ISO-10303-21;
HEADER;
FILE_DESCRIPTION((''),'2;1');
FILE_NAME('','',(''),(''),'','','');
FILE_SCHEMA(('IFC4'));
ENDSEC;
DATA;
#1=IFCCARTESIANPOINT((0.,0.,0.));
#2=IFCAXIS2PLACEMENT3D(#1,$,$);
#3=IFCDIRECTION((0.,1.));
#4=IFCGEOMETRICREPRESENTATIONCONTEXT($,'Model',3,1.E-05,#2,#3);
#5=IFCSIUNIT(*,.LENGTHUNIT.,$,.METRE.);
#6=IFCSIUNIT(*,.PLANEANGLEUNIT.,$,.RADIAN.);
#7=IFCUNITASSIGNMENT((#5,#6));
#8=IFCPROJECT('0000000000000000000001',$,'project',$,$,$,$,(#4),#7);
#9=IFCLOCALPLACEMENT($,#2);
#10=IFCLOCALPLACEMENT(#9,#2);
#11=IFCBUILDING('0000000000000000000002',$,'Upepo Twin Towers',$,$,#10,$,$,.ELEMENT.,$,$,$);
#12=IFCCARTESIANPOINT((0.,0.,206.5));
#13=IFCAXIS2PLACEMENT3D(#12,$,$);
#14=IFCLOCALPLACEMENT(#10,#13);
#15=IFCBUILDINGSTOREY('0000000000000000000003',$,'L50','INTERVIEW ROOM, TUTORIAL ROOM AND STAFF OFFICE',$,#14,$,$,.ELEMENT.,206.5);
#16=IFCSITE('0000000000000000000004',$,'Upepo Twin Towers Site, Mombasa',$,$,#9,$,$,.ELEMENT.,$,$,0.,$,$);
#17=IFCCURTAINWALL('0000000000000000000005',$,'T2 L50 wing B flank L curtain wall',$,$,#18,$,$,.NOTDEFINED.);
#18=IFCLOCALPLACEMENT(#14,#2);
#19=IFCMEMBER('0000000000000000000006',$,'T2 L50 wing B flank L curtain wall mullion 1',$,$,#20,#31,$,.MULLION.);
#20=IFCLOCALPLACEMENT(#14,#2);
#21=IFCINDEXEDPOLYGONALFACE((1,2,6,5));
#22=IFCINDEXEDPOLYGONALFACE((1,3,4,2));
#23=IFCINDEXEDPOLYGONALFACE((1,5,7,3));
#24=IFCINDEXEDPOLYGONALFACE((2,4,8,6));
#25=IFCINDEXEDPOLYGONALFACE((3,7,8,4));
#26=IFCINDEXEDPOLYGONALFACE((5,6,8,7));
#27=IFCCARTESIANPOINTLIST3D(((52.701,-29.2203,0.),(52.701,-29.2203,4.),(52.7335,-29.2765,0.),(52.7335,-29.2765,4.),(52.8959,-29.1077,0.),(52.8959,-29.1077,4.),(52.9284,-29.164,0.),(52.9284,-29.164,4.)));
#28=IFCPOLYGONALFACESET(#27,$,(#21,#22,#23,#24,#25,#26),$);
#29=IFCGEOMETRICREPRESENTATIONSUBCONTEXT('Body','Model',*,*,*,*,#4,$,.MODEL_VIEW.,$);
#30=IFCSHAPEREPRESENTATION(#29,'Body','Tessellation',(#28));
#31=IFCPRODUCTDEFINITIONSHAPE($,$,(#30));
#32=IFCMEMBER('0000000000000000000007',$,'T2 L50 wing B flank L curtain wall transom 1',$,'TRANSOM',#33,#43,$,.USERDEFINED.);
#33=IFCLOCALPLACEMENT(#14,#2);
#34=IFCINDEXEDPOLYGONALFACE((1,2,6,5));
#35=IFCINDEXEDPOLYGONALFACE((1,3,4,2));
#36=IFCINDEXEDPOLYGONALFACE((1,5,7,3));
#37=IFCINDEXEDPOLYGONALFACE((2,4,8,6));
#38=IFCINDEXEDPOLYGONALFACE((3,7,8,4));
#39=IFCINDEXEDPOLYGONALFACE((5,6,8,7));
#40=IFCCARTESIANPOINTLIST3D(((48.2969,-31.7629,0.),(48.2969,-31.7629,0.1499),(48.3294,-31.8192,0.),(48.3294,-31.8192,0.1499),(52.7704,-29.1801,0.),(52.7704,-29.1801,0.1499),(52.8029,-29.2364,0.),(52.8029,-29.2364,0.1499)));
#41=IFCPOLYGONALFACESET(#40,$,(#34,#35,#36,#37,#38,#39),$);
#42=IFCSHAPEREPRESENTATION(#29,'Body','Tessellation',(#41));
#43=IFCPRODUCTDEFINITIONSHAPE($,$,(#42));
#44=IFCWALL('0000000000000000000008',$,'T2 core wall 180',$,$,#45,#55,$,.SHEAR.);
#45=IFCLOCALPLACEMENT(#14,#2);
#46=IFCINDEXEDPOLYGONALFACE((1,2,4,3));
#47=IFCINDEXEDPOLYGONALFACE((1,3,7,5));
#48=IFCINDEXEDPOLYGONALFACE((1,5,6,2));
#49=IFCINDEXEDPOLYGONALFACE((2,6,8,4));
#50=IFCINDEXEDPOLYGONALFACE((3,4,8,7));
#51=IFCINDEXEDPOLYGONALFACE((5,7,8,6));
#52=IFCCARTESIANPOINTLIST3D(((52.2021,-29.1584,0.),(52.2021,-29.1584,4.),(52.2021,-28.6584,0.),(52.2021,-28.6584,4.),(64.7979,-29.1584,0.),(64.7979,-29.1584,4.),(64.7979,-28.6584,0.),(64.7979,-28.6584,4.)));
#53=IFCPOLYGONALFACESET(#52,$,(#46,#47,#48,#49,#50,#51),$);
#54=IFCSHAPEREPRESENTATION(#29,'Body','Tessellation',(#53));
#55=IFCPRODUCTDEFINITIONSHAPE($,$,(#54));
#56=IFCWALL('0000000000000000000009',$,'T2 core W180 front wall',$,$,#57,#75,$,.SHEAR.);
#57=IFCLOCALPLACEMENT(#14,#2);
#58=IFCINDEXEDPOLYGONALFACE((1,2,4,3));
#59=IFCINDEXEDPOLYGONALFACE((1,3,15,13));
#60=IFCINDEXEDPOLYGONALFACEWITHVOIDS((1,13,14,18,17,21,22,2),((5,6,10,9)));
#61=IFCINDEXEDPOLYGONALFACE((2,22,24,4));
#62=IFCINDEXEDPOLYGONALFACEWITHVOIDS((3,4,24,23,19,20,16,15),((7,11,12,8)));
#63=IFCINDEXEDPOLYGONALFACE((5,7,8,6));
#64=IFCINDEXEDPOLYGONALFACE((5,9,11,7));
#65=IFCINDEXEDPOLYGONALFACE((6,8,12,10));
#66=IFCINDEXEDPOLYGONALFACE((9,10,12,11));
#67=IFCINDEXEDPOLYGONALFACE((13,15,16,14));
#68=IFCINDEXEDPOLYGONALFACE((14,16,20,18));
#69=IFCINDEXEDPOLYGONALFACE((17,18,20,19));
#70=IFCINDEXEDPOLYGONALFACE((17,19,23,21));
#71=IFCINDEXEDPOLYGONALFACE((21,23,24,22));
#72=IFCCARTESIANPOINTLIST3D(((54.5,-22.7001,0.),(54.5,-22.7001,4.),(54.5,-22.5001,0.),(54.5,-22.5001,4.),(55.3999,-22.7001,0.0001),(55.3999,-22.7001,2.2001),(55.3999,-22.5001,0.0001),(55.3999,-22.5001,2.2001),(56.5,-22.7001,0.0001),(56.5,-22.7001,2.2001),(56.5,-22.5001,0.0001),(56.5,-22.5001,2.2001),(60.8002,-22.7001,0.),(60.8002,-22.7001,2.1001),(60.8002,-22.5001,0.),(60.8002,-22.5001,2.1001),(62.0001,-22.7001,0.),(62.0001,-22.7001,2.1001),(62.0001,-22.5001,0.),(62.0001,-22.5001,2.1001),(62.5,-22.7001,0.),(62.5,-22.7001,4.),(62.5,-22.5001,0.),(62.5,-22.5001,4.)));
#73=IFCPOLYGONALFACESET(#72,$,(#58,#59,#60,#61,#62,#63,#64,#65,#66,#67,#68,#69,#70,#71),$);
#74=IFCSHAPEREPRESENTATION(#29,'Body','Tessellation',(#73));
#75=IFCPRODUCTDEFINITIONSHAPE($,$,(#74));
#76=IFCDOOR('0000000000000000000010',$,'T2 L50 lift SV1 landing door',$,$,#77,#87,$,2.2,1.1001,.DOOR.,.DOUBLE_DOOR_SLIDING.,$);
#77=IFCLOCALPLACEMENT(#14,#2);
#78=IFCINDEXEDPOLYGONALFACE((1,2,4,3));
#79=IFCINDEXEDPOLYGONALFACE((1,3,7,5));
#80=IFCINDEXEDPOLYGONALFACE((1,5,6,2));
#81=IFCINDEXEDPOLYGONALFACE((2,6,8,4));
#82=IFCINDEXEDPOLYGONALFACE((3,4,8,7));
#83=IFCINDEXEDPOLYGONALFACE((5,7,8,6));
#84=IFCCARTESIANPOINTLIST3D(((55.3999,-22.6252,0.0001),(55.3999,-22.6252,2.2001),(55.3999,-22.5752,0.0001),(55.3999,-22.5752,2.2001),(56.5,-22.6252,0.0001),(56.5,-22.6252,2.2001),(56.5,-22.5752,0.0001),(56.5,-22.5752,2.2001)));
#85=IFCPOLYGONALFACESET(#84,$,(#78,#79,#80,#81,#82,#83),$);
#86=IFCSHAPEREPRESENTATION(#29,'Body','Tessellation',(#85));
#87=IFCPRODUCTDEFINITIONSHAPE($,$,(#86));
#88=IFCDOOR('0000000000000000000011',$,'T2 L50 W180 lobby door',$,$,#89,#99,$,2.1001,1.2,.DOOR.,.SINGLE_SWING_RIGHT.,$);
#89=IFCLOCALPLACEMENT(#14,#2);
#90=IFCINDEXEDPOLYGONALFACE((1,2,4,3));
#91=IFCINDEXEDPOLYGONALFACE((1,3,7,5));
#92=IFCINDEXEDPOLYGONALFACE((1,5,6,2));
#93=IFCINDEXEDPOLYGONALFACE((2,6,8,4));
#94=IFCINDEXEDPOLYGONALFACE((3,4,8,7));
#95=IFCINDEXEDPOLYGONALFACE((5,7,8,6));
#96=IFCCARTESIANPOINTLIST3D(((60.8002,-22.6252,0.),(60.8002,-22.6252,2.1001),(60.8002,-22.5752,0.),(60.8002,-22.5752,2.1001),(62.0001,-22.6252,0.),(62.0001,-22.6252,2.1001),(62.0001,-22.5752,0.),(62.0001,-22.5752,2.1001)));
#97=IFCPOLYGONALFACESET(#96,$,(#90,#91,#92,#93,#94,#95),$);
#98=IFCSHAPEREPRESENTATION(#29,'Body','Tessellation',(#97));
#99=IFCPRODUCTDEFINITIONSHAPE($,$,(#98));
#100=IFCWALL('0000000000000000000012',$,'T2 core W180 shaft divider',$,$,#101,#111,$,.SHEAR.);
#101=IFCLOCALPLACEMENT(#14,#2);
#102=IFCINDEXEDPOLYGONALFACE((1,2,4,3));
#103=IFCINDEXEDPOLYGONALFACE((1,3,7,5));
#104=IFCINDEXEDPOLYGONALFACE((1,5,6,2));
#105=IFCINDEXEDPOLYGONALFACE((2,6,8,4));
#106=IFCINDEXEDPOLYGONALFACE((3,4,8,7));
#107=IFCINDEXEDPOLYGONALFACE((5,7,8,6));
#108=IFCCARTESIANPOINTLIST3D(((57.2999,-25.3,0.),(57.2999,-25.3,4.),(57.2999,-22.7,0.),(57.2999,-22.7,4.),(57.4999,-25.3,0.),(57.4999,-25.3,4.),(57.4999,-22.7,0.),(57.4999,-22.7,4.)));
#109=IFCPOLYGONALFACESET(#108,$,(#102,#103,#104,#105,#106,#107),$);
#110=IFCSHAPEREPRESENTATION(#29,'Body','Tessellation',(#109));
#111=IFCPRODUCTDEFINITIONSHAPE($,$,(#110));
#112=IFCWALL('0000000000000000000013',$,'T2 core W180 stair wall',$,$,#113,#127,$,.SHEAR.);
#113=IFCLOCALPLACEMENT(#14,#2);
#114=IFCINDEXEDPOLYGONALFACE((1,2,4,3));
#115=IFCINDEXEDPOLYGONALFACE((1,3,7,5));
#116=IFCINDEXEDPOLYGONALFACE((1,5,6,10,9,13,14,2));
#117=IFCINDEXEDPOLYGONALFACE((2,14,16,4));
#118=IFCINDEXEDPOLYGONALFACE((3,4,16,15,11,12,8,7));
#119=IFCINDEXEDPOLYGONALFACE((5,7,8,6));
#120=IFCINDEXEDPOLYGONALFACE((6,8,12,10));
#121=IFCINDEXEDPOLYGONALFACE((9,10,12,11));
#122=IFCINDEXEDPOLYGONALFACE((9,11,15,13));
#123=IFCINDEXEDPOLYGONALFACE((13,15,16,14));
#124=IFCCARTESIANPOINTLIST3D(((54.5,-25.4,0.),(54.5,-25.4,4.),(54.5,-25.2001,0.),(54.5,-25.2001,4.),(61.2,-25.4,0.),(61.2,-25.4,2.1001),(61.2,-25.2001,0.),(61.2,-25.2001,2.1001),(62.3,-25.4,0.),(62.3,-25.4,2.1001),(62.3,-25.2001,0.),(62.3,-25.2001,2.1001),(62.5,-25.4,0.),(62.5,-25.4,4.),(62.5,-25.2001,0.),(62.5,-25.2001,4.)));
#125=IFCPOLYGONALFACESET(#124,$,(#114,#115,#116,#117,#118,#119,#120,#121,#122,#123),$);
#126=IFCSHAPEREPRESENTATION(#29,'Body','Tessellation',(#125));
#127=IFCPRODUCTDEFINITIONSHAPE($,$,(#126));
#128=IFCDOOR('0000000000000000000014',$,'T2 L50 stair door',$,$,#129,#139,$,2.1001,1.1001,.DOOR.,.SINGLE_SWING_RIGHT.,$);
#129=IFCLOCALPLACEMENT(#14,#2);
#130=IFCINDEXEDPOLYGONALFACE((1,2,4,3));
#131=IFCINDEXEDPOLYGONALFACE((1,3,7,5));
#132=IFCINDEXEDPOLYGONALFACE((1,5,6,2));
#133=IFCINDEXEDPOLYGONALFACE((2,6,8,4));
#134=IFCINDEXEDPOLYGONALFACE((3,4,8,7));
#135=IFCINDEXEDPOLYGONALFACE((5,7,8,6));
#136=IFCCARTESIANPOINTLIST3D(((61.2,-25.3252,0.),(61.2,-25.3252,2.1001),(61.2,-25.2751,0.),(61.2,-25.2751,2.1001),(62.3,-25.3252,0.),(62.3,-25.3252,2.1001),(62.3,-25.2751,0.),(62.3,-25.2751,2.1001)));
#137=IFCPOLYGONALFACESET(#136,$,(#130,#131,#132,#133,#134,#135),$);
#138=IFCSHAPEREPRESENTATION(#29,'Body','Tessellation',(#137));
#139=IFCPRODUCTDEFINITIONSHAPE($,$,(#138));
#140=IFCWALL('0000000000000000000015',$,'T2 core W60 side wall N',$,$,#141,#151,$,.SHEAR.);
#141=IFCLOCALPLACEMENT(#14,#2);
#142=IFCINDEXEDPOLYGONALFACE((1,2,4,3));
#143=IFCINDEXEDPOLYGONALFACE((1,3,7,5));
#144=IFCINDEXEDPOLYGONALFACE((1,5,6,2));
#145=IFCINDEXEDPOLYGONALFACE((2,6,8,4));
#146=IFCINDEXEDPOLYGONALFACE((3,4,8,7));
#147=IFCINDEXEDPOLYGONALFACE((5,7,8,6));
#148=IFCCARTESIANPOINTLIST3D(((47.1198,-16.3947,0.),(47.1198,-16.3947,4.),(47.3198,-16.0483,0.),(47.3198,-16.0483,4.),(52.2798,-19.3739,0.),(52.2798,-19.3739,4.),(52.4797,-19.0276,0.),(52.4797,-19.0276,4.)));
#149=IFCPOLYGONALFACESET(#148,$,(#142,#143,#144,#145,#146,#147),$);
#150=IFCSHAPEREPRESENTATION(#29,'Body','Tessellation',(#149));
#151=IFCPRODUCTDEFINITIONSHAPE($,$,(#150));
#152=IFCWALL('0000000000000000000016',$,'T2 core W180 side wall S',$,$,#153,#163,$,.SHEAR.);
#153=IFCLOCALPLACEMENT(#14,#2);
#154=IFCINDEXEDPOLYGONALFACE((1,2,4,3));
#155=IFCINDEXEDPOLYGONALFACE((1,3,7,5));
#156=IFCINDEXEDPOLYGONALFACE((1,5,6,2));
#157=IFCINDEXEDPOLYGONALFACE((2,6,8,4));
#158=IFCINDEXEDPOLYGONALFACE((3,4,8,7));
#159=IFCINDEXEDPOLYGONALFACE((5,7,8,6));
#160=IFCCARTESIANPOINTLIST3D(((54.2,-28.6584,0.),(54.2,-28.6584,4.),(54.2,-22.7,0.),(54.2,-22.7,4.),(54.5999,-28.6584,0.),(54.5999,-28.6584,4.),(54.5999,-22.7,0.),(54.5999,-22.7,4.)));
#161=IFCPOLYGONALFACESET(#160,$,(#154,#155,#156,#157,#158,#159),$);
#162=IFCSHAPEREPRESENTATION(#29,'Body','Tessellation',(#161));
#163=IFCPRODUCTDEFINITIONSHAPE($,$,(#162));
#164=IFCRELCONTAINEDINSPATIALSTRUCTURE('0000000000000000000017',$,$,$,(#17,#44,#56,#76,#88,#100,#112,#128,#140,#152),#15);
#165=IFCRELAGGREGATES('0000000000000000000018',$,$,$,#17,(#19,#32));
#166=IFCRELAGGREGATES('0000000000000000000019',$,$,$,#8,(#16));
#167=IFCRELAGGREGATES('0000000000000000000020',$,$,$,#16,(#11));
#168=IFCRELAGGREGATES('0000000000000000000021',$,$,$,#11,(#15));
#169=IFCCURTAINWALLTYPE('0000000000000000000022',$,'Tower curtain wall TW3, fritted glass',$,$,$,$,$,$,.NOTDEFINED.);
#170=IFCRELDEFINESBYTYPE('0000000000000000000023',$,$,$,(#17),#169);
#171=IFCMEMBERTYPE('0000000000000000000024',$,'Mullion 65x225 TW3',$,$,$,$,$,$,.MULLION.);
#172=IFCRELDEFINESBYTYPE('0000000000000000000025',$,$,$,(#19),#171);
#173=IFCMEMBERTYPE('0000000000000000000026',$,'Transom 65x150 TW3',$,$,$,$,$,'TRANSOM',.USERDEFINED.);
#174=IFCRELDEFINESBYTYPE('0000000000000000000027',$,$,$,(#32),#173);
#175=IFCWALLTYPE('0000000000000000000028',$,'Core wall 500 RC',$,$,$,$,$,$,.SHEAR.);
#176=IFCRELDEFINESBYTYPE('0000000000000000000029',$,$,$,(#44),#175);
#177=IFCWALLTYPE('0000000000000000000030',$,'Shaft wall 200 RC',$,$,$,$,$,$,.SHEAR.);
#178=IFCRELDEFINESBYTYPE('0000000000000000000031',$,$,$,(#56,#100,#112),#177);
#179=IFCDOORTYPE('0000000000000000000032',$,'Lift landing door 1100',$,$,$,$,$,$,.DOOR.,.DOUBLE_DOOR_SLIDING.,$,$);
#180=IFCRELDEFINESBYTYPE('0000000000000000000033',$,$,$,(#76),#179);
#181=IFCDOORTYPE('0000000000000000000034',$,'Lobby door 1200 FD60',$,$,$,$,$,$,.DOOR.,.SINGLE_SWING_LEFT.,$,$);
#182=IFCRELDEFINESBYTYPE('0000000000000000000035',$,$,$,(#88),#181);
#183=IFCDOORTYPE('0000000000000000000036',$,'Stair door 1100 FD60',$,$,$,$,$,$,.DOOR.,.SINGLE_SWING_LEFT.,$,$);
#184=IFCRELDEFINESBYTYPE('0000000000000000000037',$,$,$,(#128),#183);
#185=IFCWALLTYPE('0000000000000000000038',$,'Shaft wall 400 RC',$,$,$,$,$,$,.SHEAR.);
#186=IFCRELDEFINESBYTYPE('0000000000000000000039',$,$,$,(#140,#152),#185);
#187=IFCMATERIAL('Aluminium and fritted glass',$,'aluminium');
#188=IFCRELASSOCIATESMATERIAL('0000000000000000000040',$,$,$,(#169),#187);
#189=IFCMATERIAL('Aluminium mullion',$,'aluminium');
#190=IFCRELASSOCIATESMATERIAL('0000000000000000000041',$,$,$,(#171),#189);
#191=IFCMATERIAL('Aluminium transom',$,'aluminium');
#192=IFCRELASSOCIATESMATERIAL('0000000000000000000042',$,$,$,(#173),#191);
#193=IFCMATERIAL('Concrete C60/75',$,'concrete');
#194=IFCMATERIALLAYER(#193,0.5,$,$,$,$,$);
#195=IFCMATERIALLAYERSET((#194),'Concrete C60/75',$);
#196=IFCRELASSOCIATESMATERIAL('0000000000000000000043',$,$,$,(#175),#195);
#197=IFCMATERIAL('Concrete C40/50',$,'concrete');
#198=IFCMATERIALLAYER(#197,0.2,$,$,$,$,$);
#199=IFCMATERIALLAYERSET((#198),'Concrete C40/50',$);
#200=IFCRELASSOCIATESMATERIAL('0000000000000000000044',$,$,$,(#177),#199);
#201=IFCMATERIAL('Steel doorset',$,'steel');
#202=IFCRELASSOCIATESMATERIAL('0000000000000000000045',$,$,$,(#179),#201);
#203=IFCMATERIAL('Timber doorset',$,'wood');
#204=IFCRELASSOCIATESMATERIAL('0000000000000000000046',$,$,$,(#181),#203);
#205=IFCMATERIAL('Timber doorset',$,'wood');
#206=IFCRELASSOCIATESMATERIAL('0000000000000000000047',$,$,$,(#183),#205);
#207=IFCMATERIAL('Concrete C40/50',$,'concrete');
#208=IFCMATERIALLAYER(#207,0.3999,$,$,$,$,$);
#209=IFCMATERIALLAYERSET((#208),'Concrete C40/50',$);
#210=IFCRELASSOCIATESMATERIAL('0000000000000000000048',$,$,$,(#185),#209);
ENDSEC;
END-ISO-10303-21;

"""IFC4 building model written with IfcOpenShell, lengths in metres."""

from ifc_helpers import new_model, si_unit, direction, frame, frame_2d, origin, origin_2d, place, context, subcontext, project, spatial, rectangle, extrude, material, layer, layer_set, material_profile, profile_set, type_object, element, fill, aggregate, save


model = new_model("IFC4")

# Units and contexts
model_context = context("Model", 3, precision=1e-05, world=origin(), true_north=direction((0.0, 1.0)))
body_context = subcontext(model_context, "Body", "Model", "MODEL_VIEW")
ifc_project = project(units=[si_unit("LENGTHUNIT", "METRE"), si_unit("PLANEANGLEUNIT", "RADIAN")], contexts=[model_context])

# Site, building, storey
site_placement = place(None, origin())
site = spatial("IfcSite", under=ifc_project, at=site_placement, Name="Upepo Twin Towers Site, Mombasa", CompositionType="ELEMENT", RefElevation=0.0)
building_placement = place(site_placement, origin())
building = spatial("IfcBuilding", under=site, at=building_placement, Name="Upepo Twin Towers", CompositionType="ELEMENT")
storey_placement = place(building_placement, frame((0.0, 0.0, 206.5)))
storey = spatial("IfcBuildingStorey", under=building, at=storey_placement, Name="L50", Description="INTERVIEW ROOM, TUTORIAL ROOM AND STAFF OFFICE", CompositionType="ELEMENT", Elevation=206.5)

# Curtain wall, members
ifc_material_1 = material(Name="Aluminium and fritted glass", Category="aluminium")
curtain_wall_type = type_object("IfcCurtainWallType", Name="Tower curtain wall TW3, fritted glass", PredefinedType="NOTDEFINED", material=ifc_material_1)
curtain_wall_placement = place(storey_placement, origin())
curtain_wall = element("IfcCurtainWall", 1, at=curtain_wall_placement, inside=storey, type_object=curtain_wall_type, Name="T2 L50 wing B flank L curtain wall", PredefinedType="NOTDEFINED")
ifc_material_2 = material(Name="Aluminium mullion", Category="aluminium")
ifc_material_profile_1 = material_profile(ifc_material_2, rectangle(XDim=0.0649, YDim=0.2251, at=origin_2d()), Name="MULLION 65x225")
ifc_profile_set_1 = profile_set([ifc_material_profile_1], Name="Aluminium mullion")
member_type_1 = type_object("IfcMemberType", Name="Mullion 65x225 TW3", PredefinedType="MULLION", material=ifc_profile_set_1)
member_1_placement = place(storey_placement, frame((52.8147, -29.1921, 0.0), z_axis=(0.0, 0.0, 1.0), x_axis=(0.5, -0.866025, 0.0)))
member_1 = element("IfcMember", 2, at=member_1_placement, type_object=member_type_1, Name="T2 L50 wing B flank L curtain wall mullion 1", PredefinedType="MULLION", context=body_context, shape_type="SweptSolid", body=[
    extrude(rectangle(XDim=0.0649, YDim=0.2251, at=origin_2d()), origin(), (0.0, 0.0, 1.0), 4.0),
])
ifc_material_3 = material(Name="Aluminium transom", Category="aluminium")
ifc_material_profile_2 = material_profile(ifc_material_3, rectangle(XDim=0.0649, YDim=0.1499, at=origin_2d()), Name="TRANSOM 65x150")
ifc_profile_set_2 = profile_set([ifc_material_profile_2], Name="Aluminium transom")
member_type_2 = type_object("IfcMemberType", Name="Transom 65x150 TW3", ElementType="TRANSOM", PredefinedType="USERDEFINED", material=ifc_profile_set_2)
member_2_placement = place(storey_placement, frame((52.7866, -29.2083, 0.075), z_axis=(-0.866021, -0.500007, 0.0), x_axis=(0.500007, -0.866021, 0.0)))
member_2 = element("IfcMember", 3, at=member_2_placement, type_object=member_type_2, Name="T2 L50 wing B flank L curtain wall transom 1", ObjectType="TRANSOM", PredefinedType="USERDEFINED", context=body_context, shape_type="SweptSolid", body=[
    extrude(rectangle(XDim=0.0649, YDim=0.1499, at=origin_2d()), origin(), (0.0, 0.0, 1.0), 5.1655),
])
aggregate(curtain_wall, [member_1, member_2])

# Wall
ifc_material_4 = material(Name="Concrete C60/75", Category="concrete")
ifc_layer_1 = layer(ifc_material_4, 0.5)
ifc_layer_set_1 = layer_set([ifc_layer_1], Name="Concrete C60/75")
wall_type_1 = type_object("IfcWallType", Name="Core wall 500 RC", PredefinedType="SHEAR", material=ifc_layer_set_1)
wall_1_placement = place(storey_placement, frame((52.2021, -28.9084, 0.0), z_axis=(0.0, 0.0, 1.0), x_axis=(1.0, 0.0, 0.0)))
element("IfcWall", 4, at=wall_1_placement, inside=storey, type_object=wall_type_1, Name="T2 core wall 180", PredefinedType="SHEAR", context=body_context, shape_type="SweptSolid", body=[
    extrude(rectangle(XDim=12.5957, YDim=0.5, at=frame_2d((6.2979, 0.0))), origin(), (0.0, 0.0, 1.0), 4.0),
])

# Wall, openings, doors
ifc_material_5 = material(Name="Concrete C40/50", Category="concrete")
ifc_layer_2 = layer(ifc_material_5, 0.2)
ifc_layer_set_2 = layer_set([ifc_layer_2], Name="Concrete C40/50")
wall_type_2 = type_object("IfcWallType", Name="Shaft wall 200 RC", PredefinedType="SHEAR", material=ifc_layer_set_2)
wall_2_placement = place(storey_placement, frame((54.5, -22.6001, 0.0), z_axis=(0.0, 0.0, 1.0), x_axis=(1.0, 0.0, 0.0)))
wall_2 = element("IfcWall", 5, at=wall_2_placement, inside=storey, type_object=wall_type_2, Name="T2 core W180 front wall", PredefinedType="SHEAR", context=body_context, shape_type="SweptSolid", body=[
    extrude(rectangle(XDim=8.0, YDim=0.2, at=frame_2d((4.0, 0.0))), origin(), (0.0, 0.0, 1.0), 4.0),
])
opening_1_placement = place(wall_2_placement, frame((6.3, 0.0, 0.0)))
opening_1 = element("IfcOpeningElement", 6, at=opening_1_placement, cuts=wall_2, PredefinedType="OPENING", context=body_context, shape_type="SweptSolid", body=[
    extrude(rectangle(XDim=1.2, YDim=2.1001, at=frame_2d((0.6001, 1.05))), frame((0.0, 0.1099, 0.0), z_axis=(0.0, -1.0, 0.0), x_axis=(1.0, 0.0, 0.0)), (0.0, 0.0, 1.0), 0.22),
])
opening_2_placement = place(wall_2_placement, frame((0.8999, 0.0, 0.0)))
opening_2 = element("IfcOpeningElement", 7, at=opening_2_placement, cuts=wall_2, PredefinedType="OPENING", context=body_context, shape_type="SweptSolid", body=[
    extrude(rectangle(XDim=1.1001, YDim=2.2, at=frame_2d((0.55, 1.1001))), frame((0.0, 0.1099, 0.0), z_axis=(0.0, -1.0, 0.0), x_axis=(1.0, 0.0, 0.0)), (0.0, 0.0, 1.0), 0.22),
])
ifc_material_6 = material(Name="Steel doorset", Category="steel")
door_type_1 = type_object("IfcDoorType", Name="Lift landing door 1100", OperationType="DOUBLE_DOOR_SLIDING", PredefinedType="DOOR", material=ifc_material_6)
door_1_placement = place(opening_2_placement, origin())
door_1 = element("IfcDoor", 8, at=door_1_placement, inside=storey, type_object=door_type_1, Name="T2 L50 lift SV1 landing door", OperationType="DOUBLE_DOOR_SLIDING", OverallHeight=2.2, OverallWidth=1.1001, PredefinedType="DOOR", context=body_context, shape_type="SweptSolid", body=[
    extrude(rectangle(XDim=1.1001, YDim=2.2, at=frame_2d((0.55, 1.1001))), frame((0.0, 0.0249, 0.0), z_axis=(0.0, -1.0, 0.0), x_axis=(1.0, 0.0, 0.0)), (0.0, 0.0, 1.0), 0.05),
])
fill(opening_2, door_1)
ifc_material_7 = material(Name="Timber doorset", Category="wood")
door_type_2 = type_object("IfcDoorType", Name="Lobby door 1200 FD60", OperationType="SINGLE_SWING_LEFT", PredefinedType="DOOR", material=ifc_material_7)
door_2_placement = place(opening_1_placement, origin())
door_2 = element("IfcDoor", 9, at=door_2_placement, inside=storey, type_object=door_type_2, Name="T2 L50 W180 lobby door", OperationType="SINGLE_SWING_RIGHT", OverallHeight=2.1001, OverallWidth=1.2, PredefinedType="DOOR", context=body_context, shape_type="SweptSolid", body=[
    extrude(rectangle(XDim=1.2, YDim=2.1001, at=frame_2d((0.6001, 1.05))), frame((0.0, 0.0249, 0.0), z_axis=(0.0, -1.0, 0.0), x_axis=(1.0, 0.0, 0.0)), (0.0, 0.0, 1.0), 0.05),
])
fill(opening_1, door_2)

# Wall
wall_3_placement = place(storey_placement, frame((57.3999, -22.7, 0.0), z_axis=(0.0, 0.0, 1.0), x_axis=(0.0, -1.0, 0.0)))
element("IfcWall", 10, at=wall_3_placement, inside=storey, type_object=wall_type_2, Name="T2 core W180 shaft divider", PredefinedType="SHEAR", context=body_context, shape_type="SweptSolid", body=[
    extrude(rectangle(XDim=2.6001, YDim=0.2, at=frame_2d((1.3, 0.0))), origin(), (0.0, 0.0, 1.0), 4.0),
])

# Wall, opening, door
wall_4_placement = place(storey_placement, frame((54.5, -25.3, 0.0), z_axis=(0.0, 0.0, 1.0), x_axis=(1.0, 0.0, 0.0)))
wall_4 = element("IfcWall", 11, at=wall_4_placement, inside=storey, type_object=wall_type_2, Name="T2 core W180 stair wall", PredefinedType="SHEAR", context=body_context, shape_type="SweptSolid", body=[
    extrude(rectangle(XDim=8.0, YDim=0.2, at=frame_2d((4.0, 0.0))), origin(), (0.0, 0.0, 1.0), 4.0),
])
opening_3_placement = place(wall_4_placement, frame((6.7, 0.0, 0.0)))
opening_3 = element("IfcOpeningElement", 12, at=opening_3_placement, cuts=wall_4, PredefinedType="OPENING", context=body_context, shape_type="SweptSolid", body=[
    extrude(rectangle(XDim=1.1001, YDim=2.1001, at=frame_2d((0.55, 1.05))), frame((0.0, 0.1099, 0.0), z_axis=(0.0, -1.0, 0.0), x_axis=(1.0, 0.0, 0.0)), (0.0, 0.0, 1.0), 0.22),
])
ifc_material_8 = material(Name="Timber doorset", Category="wood")
door_type_3 = type_object("IfcDoorType", Name="Stair door 1100 FD60", OperationType="SINGLE_SWING_LEFT", PredefinedType="DOOR", material=ifc_material_8)
door_3_placement = place(opening_3_placement, origin())
door_3 = element("IfcDoor", 13, at=door_3_placement, inside=storey, type_object=door_type_3, Name="T2 L50 stair door", OperationType="SINGLE_SWING_RIGHT", OverallHeight=2.1001, OverallWidth=1.1001, PredefinedType="DOOR", context=body_context, shape_type="SweptSolid", body=[
    extrude(rectangle(XDim=1.1001, YDim=2.1001, at=frame_2d((0.55, 1.05))), frame((0.0, 0.0249, 0.0), z_axis=(0.0, -1.0, 0.0), x_axis=(1.0, 0.0, 0.0)), (0.0, 0.0, 1.0), 0.05),
])
fill(opening_3, door_3)

# Walls
ifc_material_9 = material(Name="Concrete C40/50", Category="concrete")
ifc_layer_3 = layer(ifc_material_9, 0.3999)
ifc_layer_set_3 = layer_set([ifc_layer_3], Name="Concrete C40/50")
wall_type_3 = type_object("IfcWallType", Name="Shaft wall 400 RC", PredefinedType="SHEAR", material=ifc_layer_set_3)
wall_5_placement = place(storey_placement, frame((52.3796, -19.2007, 0.0), z_axis=(0.0, 0.0, 1.0), x_axis=(-0.866013, 0.500022, 0.0)))
element("IfcWall", 14, at=wall_5_placement, inside=storey, type_object=wall_type_3, Name="T2 core W60 side wall N", PredefinedType="SHEAR", context=body_context, shape_type="SweptSolid", body=[
    extrude(rectangle(XDim=5.9583, YDim=0.3999, at=frame_2d((2.979, 0.0))), origin(), (0.0, 0.0, 1.0), 4.0),
])
wall_6_placement = place(storey_placement, frame((54.3999, -22.7, 0.0), z_axis=(0.0, 0.0, 1.0), x_axis=(0.0, -1.0, 0.0)))
element("IfcWall", 15, at=wall_6_placement, inside=storey, type_object=wall_type_3, Name="T2 core W180 side wall S", PredefinedType="SHEAR", context=body_context, shape_type="SweptSolid", body=[
    extrude(rectangle(XDim=5.9585, YDim=0.3999, at=frame_2d((2.9792, 0.0))), origin(), (0.0, 0.0, 1.0), 4.0),
])

save(model, "model.ifc")
